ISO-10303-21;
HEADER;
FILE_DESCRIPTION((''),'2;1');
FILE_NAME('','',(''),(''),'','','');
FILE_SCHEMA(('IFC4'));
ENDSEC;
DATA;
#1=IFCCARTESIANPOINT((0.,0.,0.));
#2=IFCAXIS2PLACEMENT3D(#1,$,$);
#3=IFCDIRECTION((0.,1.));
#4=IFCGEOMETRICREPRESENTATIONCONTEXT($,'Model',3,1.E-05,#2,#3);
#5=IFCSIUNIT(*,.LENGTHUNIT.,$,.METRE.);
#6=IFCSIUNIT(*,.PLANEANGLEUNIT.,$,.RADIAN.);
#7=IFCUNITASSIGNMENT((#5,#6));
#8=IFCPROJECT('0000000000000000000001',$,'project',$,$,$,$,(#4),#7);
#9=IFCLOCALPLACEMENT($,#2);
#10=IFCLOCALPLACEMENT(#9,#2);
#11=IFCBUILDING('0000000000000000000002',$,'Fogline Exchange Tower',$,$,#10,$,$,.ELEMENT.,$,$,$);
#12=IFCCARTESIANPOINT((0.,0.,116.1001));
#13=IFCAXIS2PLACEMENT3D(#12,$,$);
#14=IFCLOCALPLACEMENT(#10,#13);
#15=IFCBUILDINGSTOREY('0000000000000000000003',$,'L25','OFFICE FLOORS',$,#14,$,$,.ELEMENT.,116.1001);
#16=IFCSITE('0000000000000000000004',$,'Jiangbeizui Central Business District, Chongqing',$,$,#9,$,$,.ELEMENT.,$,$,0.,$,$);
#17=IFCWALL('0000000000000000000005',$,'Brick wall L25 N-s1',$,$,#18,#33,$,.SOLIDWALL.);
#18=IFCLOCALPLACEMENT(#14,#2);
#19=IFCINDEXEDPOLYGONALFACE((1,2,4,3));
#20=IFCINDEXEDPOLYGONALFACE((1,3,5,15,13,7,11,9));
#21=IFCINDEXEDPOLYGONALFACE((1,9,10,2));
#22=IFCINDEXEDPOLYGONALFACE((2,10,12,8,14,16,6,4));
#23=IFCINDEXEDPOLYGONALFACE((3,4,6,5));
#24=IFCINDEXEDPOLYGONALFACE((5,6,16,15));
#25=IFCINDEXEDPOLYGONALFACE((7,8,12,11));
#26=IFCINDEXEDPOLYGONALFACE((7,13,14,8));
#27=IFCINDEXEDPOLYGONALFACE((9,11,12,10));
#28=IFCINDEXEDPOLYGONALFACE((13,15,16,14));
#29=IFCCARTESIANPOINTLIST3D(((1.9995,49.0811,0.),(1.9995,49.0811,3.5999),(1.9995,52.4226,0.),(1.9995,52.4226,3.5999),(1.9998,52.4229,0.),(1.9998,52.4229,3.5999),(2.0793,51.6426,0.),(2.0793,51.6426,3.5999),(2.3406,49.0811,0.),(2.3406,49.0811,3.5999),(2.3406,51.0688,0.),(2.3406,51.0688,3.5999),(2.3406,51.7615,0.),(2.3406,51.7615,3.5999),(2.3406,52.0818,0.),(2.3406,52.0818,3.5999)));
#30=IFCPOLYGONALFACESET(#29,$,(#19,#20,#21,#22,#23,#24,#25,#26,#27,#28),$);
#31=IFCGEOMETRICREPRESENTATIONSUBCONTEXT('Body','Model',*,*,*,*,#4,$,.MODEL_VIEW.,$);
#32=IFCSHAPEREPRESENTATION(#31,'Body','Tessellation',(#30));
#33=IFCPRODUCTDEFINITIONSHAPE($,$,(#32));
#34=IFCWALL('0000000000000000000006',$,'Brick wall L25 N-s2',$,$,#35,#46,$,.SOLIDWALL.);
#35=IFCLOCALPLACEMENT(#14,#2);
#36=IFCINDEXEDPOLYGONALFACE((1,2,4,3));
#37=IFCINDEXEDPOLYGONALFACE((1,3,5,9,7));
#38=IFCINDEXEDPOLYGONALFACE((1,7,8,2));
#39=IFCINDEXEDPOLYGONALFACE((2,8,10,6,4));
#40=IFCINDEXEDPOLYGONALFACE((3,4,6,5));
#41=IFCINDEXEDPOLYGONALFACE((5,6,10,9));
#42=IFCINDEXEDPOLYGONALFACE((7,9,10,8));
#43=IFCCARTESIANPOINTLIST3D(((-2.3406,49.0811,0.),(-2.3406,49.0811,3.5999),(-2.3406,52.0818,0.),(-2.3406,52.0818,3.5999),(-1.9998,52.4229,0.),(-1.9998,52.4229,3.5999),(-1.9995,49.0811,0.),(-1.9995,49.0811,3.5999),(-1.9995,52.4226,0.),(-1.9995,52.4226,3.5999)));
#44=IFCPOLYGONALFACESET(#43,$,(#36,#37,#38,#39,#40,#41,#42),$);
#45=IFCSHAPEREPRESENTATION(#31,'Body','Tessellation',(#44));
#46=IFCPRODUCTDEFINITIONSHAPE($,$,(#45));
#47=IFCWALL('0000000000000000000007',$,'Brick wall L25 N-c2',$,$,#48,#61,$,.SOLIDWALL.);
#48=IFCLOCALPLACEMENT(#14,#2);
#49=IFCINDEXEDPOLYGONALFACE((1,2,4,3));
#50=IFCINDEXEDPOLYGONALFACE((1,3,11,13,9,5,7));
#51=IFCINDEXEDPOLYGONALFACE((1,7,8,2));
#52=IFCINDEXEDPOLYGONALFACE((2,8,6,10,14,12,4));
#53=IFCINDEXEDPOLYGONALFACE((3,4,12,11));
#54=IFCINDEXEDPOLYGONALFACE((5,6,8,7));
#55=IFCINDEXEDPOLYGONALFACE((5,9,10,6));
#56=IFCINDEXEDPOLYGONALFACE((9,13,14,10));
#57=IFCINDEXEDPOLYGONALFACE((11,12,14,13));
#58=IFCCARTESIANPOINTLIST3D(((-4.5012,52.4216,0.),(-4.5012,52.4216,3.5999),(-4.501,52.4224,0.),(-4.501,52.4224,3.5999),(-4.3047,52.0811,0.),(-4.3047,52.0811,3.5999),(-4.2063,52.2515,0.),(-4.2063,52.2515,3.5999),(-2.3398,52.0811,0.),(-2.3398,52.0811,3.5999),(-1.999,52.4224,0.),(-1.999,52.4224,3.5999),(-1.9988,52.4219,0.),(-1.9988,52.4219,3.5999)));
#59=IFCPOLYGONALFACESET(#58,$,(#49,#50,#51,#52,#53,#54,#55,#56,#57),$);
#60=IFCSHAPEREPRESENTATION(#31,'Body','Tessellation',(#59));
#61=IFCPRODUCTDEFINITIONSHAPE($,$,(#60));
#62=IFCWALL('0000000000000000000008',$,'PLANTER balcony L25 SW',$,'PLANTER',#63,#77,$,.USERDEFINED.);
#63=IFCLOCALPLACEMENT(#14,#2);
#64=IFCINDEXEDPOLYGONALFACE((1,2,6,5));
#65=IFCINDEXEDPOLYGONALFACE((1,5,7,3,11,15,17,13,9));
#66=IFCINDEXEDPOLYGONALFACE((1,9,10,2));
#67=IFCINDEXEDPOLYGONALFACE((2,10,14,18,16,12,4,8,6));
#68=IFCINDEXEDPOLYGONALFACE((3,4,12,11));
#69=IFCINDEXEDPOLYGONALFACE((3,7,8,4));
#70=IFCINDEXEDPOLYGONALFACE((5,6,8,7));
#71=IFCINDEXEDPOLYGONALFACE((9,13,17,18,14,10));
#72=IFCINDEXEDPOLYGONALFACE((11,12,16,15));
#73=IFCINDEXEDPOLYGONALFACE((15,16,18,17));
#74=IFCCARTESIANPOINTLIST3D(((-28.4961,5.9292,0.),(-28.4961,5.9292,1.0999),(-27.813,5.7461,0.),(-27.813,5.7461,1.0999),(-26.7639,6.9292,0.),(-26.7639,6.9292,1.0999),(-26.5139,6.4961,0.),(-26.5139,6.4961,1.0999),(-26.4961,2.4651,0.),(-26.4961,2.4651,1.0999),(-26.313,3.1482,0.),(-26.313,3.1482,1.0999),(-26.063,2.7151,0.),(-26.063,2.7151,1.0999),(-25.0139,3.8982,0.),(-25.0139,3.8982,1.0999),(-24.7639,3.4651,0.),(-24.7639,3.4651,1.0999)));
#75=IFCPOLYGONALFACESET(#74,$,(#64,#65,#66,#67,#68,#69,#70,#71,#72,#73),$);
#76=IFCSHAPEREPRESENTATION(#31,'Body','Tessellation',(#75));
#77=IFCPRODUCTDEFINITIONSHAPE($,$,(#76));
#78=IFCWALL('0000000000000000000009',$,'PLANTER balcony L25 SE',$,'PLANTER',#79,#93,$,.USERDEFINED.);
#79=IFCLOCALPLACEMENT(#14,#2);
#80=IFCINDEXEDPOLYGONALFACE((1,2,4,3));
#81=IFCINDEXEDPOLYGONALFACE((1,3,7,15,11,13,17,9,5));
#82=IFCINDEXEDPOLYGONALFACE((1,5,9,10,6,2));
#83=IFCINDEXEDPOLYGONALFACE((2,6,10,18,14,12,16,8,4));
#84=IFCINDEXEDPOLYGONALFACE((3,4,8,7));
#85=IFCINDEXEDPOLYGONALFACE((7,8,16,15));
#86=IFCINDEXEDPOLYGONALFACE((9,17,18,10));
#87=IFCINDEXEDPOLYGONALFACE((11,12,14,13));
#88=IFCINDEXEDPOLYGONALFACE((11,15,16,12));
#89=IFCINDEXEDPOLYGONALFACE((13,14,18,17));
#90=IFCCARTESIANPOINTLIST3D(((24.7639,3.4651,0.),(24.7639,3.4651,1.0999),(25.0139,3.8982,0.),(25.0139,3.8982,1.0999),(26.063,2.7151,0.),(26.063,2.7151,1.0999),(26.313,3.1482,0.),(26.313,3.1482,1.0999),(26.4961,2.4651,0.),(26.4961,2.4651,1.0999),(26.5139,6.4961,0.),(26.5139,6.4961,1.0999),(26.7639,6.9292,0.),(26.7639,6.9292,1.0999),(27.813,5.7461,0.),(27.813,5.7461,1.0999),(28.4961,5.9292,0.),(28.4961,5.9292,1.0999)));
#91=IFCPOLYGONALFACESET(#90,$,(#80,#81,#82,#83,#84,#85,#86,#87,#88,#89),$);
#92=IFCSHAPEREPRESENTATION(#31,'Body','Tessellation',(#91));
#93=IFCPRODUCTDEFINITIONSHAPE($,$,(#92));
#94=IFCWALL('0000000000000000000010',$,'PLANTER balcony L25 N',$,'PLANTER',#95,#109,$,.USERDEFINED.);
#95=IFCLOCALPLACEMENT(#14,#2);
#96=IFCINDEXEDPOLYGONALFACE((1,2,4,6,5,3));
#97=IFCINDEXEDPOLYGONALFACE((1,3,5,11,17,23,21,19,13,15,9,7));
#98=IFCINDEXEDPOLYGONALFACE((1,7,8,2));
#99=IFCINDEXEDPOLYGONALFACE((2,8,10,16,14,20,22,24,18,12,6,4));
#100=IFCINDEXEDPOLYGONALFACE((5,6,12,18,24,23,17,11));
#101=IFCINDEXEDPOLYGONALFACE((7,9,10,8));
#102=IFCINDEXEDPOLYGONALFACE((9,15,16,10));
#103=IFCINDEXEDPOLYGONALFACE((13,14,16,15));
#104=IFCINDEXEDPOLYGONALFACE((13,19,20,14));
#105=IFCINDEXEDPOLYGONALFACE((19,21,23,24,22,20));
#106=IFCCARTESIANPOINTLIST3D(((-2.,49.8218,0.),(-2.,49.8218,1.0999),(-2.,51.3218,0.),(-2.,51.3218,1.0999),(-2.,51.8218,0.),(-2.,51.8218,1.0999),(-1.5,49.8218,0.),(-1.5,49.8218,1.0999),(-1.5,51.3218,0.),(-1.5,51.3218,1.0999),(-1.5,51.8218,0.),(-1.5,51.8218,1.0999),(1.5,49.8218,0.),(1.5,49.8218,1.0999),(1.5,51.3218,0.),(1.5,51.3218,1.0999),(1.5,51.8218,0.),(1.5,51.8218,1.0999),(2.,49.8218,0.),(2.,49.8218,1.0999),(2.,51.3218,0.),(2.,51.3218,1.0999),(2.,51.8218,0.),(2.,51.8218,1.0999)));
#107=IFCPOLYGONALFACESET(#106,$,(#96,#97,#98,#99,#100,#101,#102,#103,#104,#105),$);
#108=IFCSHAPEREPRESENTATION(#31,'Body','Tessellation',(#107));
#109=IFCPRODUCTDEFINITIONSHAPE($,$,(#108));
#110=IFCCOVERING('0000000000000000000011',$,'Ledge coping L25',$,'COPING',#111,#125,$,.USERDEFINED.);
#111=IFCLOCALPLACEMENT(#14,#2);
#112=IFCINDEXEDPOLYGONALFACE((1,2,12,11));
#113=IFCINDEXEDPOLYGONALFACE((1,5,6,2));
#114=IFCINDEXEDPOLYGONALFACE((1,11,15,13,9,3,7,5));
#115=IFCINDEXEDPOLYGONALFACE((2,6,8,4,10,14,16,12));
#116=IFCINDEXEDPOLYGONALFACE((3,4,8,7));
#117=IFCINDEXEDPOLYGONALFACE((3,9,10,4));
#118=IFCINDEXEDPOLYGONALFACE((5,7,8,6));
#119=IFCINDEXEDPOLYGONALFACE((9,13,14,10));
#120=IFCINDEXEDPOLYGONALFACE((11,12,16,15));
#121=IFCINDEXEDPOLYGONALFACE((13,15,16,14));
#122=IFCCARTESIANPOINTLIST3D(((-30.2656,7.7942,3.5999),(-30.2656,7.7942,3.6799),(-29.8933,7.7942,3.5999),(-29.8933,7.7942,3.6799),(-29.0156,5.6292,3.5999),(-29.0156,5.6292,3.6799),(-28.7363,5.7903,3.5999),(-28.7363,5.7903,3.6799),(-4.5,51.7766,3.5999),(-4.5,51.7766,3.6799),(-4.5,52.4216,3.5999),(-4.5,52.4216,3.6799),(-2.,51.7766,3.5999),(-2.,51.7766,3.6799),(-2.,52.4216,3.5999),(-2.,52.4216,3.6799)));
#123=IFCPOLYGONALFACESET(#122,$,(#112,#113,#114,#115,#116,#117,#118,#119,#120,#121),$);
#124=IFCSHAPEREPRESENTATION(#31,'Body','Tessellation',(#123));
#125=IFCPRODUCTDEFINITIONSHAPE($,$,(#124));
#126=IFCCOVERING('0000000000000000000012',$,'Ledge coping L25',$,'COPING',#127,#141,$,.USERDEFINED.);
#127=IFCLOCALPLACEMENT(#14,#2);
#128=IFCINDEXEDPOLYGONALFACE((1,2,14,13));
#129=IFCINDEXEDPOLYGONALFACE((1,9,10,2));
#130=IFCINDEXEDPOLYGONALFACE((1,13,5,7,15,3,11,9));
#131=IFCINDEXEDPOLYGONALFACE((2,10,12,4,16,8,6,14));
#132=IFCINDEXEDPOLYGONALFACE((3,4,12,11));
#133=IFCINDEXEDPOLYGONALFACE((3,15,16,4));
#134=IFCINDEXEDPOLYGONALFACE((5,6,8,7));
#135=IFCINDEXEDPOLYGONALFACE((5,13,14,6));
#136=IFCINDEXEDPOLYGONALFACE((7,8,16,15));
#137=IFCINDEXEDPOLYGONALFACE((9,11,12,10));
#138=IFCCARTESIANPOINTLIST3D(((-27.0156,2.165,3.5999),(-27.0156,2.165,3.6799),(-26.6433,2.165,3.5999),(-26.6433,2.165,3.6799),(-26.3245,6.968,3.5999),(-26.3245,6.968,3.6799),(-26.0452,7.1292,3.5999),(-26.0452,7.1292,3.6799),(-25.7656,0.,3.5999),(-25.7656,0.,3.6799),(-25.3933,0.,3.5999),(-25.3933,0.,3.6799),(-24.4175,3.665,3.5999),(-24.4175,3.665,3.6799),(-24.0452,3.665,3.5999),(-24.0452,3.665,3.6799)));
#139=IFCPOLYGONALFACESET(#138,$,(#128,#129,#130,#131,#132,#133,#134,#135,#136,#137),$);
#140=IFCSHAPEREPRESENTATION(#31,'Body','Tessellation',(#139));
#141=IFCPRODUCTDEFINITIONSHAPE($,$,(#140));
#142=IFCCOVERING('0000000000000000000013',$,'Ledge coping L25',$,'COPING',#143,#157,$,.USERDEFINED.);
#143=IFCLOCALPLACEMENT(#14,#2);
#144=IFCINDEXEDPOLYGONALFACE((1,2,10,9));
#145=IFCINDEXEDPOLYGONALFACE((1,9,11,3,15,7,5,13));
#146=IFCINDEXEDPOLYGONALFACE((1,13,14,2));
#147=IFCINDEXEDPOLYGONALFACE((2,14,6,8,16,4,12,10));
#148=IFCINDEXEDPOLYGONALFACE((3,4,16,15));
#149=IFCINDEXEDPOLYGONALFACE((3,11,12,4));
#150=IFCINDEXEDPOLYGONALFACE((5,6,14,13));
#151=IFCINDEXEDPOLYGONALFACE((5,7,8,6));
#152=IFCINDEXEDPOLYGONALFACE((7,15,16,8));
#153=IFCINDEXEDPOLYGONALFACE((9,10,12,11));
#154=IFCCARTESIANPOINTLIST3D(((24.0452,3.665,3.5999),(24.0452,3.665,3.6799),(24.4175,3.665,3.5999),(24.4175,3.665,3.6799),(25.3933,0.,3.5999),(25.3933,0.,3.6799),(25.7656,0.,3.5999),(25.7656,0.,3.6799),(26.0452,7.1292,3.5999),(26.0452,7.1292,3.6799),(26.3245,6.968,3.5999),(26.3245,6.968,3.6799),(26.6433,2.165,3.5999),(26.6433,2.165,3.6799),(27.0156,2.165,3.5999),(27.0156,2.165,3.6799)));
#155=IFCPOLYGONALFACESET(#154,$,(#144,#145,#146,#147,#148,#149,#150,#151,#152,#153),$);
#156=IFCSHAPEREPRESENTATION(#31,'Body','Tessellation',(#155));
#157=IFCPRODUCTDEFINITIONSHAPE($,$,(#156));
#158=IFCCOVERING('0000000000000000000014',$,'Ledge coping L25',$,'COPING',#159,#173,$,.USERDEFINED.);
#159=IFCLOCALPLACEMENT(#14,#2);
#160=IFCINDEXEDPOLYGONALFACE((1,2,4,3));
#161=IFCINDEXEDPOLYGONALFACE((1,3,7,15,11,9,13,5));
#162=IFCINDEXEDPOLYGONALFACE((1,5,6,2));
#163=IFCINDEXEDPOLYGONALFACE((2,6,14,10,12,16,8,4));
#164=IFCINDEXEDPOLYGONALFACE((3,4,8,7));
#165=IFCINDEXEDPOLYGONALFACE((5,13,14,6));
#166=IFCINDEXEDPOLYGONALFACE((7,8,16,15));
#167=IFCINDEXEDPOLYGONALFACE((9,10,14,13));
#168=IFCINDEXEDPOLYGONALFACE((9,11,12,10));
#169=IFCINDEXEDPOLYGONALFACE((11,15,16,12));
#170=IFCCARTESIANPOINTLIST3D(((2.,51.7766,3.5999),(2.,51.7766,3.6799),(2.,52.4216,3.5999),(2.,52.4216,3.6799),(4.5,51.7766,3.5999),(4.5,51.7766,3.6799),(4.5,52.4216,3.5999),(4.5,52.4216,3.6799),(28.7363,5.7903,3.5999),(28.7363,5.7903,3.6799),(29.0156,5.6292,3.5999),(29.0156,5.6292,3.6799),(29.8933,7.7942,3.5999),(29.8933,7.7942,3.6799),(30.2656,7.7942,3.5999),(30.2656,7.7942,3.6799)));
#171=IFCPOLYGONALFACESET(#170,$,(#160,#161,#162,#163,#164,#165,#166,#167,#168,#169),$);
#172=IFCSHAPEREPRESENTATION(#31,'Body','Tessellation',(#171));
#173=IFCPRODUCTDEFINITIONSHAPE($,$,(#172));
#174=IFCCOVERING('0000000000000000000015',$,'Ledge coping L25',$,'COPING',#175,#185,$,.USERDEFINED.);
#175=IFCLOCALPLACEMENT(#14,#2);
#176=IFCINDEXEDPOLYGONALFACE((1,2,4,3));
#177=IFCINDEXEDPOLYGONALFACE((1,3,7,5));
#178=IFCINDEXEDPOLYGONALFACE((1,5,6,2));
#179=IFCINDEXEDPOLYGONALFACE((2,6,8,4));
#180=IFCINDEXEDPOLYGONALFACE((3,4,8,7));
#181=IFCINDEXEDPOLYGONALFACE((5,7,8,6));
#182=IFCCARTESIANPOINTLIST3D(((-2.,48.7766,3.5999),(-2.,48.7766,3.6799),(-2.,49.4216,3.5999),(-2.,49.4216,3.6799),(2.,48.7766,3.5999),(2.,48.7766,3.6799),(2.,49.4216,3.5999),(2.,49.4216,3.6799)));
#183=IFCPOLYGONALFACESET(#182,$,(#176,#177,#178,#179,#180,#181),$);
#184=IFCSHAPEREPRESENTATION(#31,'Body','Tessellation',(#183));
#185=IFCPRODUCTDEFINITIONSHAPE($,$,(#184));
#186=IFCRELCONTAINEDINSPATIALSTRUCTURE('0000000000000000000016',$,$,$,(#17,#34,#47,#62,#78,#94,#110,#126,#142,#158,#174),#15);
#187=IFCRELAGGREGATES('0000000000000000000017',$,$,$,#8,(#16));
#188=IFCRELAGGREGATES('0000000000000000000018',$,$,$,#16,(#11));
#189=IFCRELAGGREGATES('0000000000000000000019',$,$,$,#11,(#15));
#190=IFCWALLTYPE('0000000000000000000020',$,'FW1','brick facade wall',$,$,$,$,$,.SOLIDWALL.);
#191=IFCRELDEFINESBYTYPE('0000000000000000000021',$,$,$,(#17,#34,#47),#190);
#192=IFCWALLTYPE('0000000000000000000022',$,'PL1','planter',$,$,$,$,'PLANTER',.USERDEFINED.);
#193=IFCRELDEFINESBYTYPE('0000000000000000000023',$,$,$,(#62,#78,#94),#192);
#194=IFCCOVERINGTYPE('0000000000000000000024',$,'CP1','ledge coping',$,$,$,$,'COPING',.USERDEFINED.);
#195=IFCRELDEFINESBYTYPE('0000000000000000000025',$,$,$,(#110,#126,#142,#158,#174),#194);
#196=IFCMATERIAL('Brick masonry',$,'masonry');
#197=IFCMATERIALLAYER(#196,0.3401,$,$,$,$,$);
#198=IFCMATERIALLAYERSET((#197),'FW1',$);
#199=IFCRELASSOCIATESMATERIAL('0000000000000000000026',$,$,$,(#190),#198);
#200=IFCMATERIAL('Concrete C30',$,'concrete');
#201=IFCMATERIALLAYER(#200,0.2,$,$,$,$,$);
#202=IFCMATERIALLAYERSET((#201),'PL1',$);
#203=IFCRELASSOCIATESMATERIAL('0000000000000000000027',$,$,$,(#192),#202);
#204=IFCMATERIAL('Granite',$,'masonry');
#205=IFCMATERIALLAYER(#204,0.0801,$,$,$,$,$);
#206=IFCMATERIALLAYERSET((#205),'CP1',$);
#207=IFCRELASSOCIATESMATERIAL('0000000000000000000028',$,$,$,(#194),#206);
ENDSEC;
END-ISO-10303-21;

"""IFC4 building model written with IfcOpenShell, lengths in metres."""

from ifc_helpers import new_model, si_unit, direction, frame, origin, place, context, subcontext, project, spatial, polyline, outline, extrude, material, layer, layer_set, type_object, element, save


model = new_model("IFC4")

# Units and contexts
model_context = context("Model", 3, precision=1e-05, world=origin(), true_north=direction((0.0, 1.0)))
body_context = subcontext(model_context, "Body", "Model", "MODEL_VIEW")
ifc_project = project(units=[si_unit("LENGTHUNIT", "METRE"), si_unit("PLANEANGLEUNIT", "RADIAN")], contexts=[model_context])

# Site, building, storey
site_placement = place(None, origin())
site = spatial("IfcSite", under=ifc_project, at=site_placement, Name="Jiangbeizui Central Business District, Chongqing", CompositionType="ELEMENT", RefElevation=0.0)
building_placement = place(site_placement, origin())
building = spatial("IfcBuilding", under=site, at=building_placement, Name="Fogline Exchange Tower", CompositionType="ELEMENT")
storey_placement = place(building_placement, frame((0.0, 0.0, 116.1001)))
storey = spatial("IfcBuildingStorey", under=building, at=storey_placement, Name="L25", Description="OFFICE FLOORS", CompositionType="ELEMENT", Elevation=116.1001)

# Walls
ifc_material_1 = material(Name="Brick masonry", Category="masonry")
ifc_layer_1 = layer(ifc_material_1, 0.3401)
ifc_layer_set_1 = layer_set([ifc_layer_1], Name="FW1")
wall_type_1 = type_object("IfcWallType", Name="FW1", Description="brick facade wall", PredefinedType="SOLIDWALL", material=ifc_layer_set_1)
wall_1_placement = place(storey_placement, origin())
element("IfcWall", 1, at=wall_1_placement, inside=storey, type_object=wall_type_1, Name="Brick wall L25 N-s1", PredefinedType="SOLIDWALL", context=body_context, shape_type="SweptSolid", body=[
    extrude(outline(polyline([(1.9995, 49.0811), (1.9995, 52.4226), (1.9998, 52.4229), (2.3406, 52.0818), (2.3406, 51.7615), (2.0793, 51.6426), (2.3406, 51.0688), (2.3406, 49.0811), (1.9995, 49.0811)])), origin(), (0.0, 0.0, 1.0), 3.5999),
])
wall_2_placement = place(storey_placement, origin())
element("IfcWall", 2, at=wall_2_placement, inside=storey, type_object=wall_type_1, Name="Brick wall L25 N-s2", PredefinedType="SOLIDWALL", context=body_context, shape_type="SweptSolid", body=[
    extrude(outline(polyline([(-1.9995, 52.4226), (-1.9995, 49.0811), (-2.3406, 49.0811), (-2.3406, 52.0818), (-1.9998, 52.4229), (-1.9995, 52.4226)])), origin(), (0.0, 0.0, 1.0), 3.5999),
])
wall_3_placement = place(storey_placement, origin())
element("IfcWall", 3, at=wall_3_placement, inside=storey, type_object=wall_type_1, Name="Brick wall L25 N-c2", PredefinedType="SOLIDWALL", context=body_context, shape_type="SweptSolid", body=[
    extrude(outline(polyline([(-4.3047, 52.0811), (-4.2063, 52.2515), (-4.5012, 52.4216), (-4.501, 52.4224), (-1.999, 52.4224), (-1.9988, 52.4219), (-2.3398, 52.0811), (-4.3047, 52.0811)])), origin(), (0.0, 0.0, 1.0), 3.5999),
])
ifc_material_2 = material(Name="Concrete C30", Category="concrete")
ifc_layer_2 = layer(ifc_material_2, 0.2)
ifc_layer_set_2 = layer_set([ifc_layer_2], Name="PL1")
wall_type_2 = type_object("IfcWallType", Name="PL1", Description="planter", ElementType="PLANTER", PredefinedType="USERDEFINED", material=ifc_layer_set_2)
wall_4_placement = place(storey_placement, origin())
element("IfcWall", 4, at=wall_4_placement, inside=storey, type_object=wall_type_2, Name="PLANTER balcony L25 SW", ObjectType="PLANTER", PredefinedType="USERDEFINED", context=body_context, shape_type="SweptSolid", body=[
    extrude(outline(polyline([(-25.0139, 3.8982), (-26.313, 3.1482), (-27.813, 5.7461), (-26.5139, 6.4961), (-26.7639, 6.9292), (-28.4961, 5.9292), (-26.4961, 2.4651), (-26.063, 2.7151), (-26.063, 2.7151), (-24.7639, 3.4651), (-25.0139, 3.8982)])), origin(), (0.0, 0.0, 1.0), 1.0999),
])
wall_5_placement = place(storey_placement, origin())
element("IfcWall", 5, at=wall_5_placement, inside=storey, type_object=wall_type_2, Name="PLANTER balcony L25 SE", ObjectType="PLANTER", PredefinedType="USERDEFINED", context=body_context, shape_type="SweptSolid", body=[
    extrude(outline(polyline([(24.7639, 3.4651), (26.063, 2.7151), (26.063, 2.7151), (26.4961, 2.4651), (28.4961, 5.9292), (26.7639, 6.9292), (26.5139, 6.4961), (27.813, 5.7461), (26.313, 3.1482), (25.0139, 3.8982), (24.7639, 3.4651)])), origin(), (0.0, 0.0, 1.0), 1.0999),
])
wall_6_placement = place(storey_placement, origin())
element("IfcWall", 6, at=wall_6_placement, inside=storey, type_object=wall_type_2, Name="PLANTER balcony L25 N", ObjectType="PLANTER", PredefinedType="USERDEFINED", context=body_context, shape_type="SweptSolid", body=[
    extrude(outline(polyline([(-1.5, 51.8218), (-2.0, 51.8218), (-2.0, 51.3218), (-2.0, 49.8218), (-1.5, 49.8218), (-1.5, 51.3218), (1.5, 51.3218), (1.5, 49.8218), (2.0, 49.8218), (2.0, 51.3218), (2.0, 51.8218), (1.5, 51.8218), (-1.5, 51.8218)])), origin(), (0.0, 0.0, 1.0), 1.0999),
])

# Coverings
ifc_material_3 = material(Name="Granite", Category="masonry")
ifc_layer_3 = layer(ifc_material_3, 0.0801)
ifc_layer_set_3 = layer_set([ifc_layer_3], Name="CP1")
covering_type_1 = type_object("IfcCoveringType", Name="CP1", Description="ledge coping", ElementType="COPING", PredefinedType="USERDEFINED", material=ifc_layer_set_3)
covering_1_placement = place(storey_placement, frame((0.0, 0.0, 3.5999)))
element("IfcCovering", 7, at=covering_1_placement, inside=storey, type_object=covering_type_1, Name="Ledge coping L25", ObjectType="COPING", PredefinedType="USERDEFINED", context=body_context, shape_type="SweptSolid", body=[
    extrude(outline(polyline([(-29.0156, 5.6292), (-28.7363, 5.7903), (-29.8933, 7.7942), (-4.5, 51.7766), (-2.0, 51.7766), (-2.0, 52.4216), (-4.5, 52.4216), (-30.2656, 7.7942), (-29.0156, 5.6292)])), origin(), (0.0, 0.0, 1.0), 0.0801),
])
covering_2_placement = place(storey_placement, frame((0.0, 0.0, 3.5999)))
element("IfcCovering", 8, at=covering_2_placement, inside=storey, type_object=covering_type_1, Name="Ledge coping L25", ObjectType="COPING", PredefinedType="USERDEFINED", context=body_context, shape_type="SweptSolid", body=[
    extrude(outline(polyline([(-25.7656, 0.0), (-25.3933, 0.0), (-26.6433, 2.165), (-24.0452, 3.665), (-26.0452, 7.1292), (-26.3245, 6.968), (-24.4175, 3.665), (-27.0156, 2.165), (-25.7656, 0.0)])), origin(), (0.0, 0.0, 1.0), 0.0801),
])
covering_3_placement = place(storey_placement, frame((0.0, 0.0, 3.5999)))
element("IfcCovering", 9, at=covering_3_placement, inside=storey, type_object=covering_type_1, Name="Ledge coping L25", ObjectType="COPING", PredefinedType="USERDEFINED", context=body_context, shape_type="SweptSolid", body=[
    extrude(outline(polyline([(24.4175, 3.665), (26.3245, 6.968), (26.0452, 7.1292), (24.0452, 3.665), (26.6433, 2.165), (25.3933, 0.0), (25.7656, 0.0), (27.0156, 2.165), (24.4175, 3.665)])), origin(), (0.0, 0.0, 1.0), 0.0801),
])
covering_4_placement = place(storey_placement, frame((0.0, 0.0, 3.5999)))
element("IfcCovering", 10, at=covering_4_placement, inside=storey, type_object=covering_type_1, Name="Ledge coping L25", ObjectType="COPING", PredefinedType="USERDEFINED", context=body_context, shape_type="SweptSolid", body=[
    extrude(outline(polyline([(2.0, 52.4216), (2.0, 51.7766), (4.5, 51.7766), (29.8933, 7.7942), (28.7363, 5.7903), (29.0156, 5.6292), (30.2656, 7.7942), (4.5, 52.4216), (2.0, 52.4216)])), origin(), (0.0, 0.0, 1.0), 0.0801),
])
covering_5_placement = place(storey_placement, frame((0.0, 0.0, 3.5999)))
element("IfcCovering", 11, at=covering_5_placement, inside=storey, type_object=covering_type_1, Name="Ledge coping L25", ObjectType="COPING", PredefinedType="USERDEFINED", context=body_context, shape_type="SweptSolid", body=[
    extrude(outline(polyline([(2.0, 49.4216), (-2.0, 49.4216), (-2.0, 48.7766), (2.0, 48.7766), (2.0, 49.4216)])), origin(), (0.0, 0.0, 1.0), 0.0801),
])

save(model, "model.ifc")
